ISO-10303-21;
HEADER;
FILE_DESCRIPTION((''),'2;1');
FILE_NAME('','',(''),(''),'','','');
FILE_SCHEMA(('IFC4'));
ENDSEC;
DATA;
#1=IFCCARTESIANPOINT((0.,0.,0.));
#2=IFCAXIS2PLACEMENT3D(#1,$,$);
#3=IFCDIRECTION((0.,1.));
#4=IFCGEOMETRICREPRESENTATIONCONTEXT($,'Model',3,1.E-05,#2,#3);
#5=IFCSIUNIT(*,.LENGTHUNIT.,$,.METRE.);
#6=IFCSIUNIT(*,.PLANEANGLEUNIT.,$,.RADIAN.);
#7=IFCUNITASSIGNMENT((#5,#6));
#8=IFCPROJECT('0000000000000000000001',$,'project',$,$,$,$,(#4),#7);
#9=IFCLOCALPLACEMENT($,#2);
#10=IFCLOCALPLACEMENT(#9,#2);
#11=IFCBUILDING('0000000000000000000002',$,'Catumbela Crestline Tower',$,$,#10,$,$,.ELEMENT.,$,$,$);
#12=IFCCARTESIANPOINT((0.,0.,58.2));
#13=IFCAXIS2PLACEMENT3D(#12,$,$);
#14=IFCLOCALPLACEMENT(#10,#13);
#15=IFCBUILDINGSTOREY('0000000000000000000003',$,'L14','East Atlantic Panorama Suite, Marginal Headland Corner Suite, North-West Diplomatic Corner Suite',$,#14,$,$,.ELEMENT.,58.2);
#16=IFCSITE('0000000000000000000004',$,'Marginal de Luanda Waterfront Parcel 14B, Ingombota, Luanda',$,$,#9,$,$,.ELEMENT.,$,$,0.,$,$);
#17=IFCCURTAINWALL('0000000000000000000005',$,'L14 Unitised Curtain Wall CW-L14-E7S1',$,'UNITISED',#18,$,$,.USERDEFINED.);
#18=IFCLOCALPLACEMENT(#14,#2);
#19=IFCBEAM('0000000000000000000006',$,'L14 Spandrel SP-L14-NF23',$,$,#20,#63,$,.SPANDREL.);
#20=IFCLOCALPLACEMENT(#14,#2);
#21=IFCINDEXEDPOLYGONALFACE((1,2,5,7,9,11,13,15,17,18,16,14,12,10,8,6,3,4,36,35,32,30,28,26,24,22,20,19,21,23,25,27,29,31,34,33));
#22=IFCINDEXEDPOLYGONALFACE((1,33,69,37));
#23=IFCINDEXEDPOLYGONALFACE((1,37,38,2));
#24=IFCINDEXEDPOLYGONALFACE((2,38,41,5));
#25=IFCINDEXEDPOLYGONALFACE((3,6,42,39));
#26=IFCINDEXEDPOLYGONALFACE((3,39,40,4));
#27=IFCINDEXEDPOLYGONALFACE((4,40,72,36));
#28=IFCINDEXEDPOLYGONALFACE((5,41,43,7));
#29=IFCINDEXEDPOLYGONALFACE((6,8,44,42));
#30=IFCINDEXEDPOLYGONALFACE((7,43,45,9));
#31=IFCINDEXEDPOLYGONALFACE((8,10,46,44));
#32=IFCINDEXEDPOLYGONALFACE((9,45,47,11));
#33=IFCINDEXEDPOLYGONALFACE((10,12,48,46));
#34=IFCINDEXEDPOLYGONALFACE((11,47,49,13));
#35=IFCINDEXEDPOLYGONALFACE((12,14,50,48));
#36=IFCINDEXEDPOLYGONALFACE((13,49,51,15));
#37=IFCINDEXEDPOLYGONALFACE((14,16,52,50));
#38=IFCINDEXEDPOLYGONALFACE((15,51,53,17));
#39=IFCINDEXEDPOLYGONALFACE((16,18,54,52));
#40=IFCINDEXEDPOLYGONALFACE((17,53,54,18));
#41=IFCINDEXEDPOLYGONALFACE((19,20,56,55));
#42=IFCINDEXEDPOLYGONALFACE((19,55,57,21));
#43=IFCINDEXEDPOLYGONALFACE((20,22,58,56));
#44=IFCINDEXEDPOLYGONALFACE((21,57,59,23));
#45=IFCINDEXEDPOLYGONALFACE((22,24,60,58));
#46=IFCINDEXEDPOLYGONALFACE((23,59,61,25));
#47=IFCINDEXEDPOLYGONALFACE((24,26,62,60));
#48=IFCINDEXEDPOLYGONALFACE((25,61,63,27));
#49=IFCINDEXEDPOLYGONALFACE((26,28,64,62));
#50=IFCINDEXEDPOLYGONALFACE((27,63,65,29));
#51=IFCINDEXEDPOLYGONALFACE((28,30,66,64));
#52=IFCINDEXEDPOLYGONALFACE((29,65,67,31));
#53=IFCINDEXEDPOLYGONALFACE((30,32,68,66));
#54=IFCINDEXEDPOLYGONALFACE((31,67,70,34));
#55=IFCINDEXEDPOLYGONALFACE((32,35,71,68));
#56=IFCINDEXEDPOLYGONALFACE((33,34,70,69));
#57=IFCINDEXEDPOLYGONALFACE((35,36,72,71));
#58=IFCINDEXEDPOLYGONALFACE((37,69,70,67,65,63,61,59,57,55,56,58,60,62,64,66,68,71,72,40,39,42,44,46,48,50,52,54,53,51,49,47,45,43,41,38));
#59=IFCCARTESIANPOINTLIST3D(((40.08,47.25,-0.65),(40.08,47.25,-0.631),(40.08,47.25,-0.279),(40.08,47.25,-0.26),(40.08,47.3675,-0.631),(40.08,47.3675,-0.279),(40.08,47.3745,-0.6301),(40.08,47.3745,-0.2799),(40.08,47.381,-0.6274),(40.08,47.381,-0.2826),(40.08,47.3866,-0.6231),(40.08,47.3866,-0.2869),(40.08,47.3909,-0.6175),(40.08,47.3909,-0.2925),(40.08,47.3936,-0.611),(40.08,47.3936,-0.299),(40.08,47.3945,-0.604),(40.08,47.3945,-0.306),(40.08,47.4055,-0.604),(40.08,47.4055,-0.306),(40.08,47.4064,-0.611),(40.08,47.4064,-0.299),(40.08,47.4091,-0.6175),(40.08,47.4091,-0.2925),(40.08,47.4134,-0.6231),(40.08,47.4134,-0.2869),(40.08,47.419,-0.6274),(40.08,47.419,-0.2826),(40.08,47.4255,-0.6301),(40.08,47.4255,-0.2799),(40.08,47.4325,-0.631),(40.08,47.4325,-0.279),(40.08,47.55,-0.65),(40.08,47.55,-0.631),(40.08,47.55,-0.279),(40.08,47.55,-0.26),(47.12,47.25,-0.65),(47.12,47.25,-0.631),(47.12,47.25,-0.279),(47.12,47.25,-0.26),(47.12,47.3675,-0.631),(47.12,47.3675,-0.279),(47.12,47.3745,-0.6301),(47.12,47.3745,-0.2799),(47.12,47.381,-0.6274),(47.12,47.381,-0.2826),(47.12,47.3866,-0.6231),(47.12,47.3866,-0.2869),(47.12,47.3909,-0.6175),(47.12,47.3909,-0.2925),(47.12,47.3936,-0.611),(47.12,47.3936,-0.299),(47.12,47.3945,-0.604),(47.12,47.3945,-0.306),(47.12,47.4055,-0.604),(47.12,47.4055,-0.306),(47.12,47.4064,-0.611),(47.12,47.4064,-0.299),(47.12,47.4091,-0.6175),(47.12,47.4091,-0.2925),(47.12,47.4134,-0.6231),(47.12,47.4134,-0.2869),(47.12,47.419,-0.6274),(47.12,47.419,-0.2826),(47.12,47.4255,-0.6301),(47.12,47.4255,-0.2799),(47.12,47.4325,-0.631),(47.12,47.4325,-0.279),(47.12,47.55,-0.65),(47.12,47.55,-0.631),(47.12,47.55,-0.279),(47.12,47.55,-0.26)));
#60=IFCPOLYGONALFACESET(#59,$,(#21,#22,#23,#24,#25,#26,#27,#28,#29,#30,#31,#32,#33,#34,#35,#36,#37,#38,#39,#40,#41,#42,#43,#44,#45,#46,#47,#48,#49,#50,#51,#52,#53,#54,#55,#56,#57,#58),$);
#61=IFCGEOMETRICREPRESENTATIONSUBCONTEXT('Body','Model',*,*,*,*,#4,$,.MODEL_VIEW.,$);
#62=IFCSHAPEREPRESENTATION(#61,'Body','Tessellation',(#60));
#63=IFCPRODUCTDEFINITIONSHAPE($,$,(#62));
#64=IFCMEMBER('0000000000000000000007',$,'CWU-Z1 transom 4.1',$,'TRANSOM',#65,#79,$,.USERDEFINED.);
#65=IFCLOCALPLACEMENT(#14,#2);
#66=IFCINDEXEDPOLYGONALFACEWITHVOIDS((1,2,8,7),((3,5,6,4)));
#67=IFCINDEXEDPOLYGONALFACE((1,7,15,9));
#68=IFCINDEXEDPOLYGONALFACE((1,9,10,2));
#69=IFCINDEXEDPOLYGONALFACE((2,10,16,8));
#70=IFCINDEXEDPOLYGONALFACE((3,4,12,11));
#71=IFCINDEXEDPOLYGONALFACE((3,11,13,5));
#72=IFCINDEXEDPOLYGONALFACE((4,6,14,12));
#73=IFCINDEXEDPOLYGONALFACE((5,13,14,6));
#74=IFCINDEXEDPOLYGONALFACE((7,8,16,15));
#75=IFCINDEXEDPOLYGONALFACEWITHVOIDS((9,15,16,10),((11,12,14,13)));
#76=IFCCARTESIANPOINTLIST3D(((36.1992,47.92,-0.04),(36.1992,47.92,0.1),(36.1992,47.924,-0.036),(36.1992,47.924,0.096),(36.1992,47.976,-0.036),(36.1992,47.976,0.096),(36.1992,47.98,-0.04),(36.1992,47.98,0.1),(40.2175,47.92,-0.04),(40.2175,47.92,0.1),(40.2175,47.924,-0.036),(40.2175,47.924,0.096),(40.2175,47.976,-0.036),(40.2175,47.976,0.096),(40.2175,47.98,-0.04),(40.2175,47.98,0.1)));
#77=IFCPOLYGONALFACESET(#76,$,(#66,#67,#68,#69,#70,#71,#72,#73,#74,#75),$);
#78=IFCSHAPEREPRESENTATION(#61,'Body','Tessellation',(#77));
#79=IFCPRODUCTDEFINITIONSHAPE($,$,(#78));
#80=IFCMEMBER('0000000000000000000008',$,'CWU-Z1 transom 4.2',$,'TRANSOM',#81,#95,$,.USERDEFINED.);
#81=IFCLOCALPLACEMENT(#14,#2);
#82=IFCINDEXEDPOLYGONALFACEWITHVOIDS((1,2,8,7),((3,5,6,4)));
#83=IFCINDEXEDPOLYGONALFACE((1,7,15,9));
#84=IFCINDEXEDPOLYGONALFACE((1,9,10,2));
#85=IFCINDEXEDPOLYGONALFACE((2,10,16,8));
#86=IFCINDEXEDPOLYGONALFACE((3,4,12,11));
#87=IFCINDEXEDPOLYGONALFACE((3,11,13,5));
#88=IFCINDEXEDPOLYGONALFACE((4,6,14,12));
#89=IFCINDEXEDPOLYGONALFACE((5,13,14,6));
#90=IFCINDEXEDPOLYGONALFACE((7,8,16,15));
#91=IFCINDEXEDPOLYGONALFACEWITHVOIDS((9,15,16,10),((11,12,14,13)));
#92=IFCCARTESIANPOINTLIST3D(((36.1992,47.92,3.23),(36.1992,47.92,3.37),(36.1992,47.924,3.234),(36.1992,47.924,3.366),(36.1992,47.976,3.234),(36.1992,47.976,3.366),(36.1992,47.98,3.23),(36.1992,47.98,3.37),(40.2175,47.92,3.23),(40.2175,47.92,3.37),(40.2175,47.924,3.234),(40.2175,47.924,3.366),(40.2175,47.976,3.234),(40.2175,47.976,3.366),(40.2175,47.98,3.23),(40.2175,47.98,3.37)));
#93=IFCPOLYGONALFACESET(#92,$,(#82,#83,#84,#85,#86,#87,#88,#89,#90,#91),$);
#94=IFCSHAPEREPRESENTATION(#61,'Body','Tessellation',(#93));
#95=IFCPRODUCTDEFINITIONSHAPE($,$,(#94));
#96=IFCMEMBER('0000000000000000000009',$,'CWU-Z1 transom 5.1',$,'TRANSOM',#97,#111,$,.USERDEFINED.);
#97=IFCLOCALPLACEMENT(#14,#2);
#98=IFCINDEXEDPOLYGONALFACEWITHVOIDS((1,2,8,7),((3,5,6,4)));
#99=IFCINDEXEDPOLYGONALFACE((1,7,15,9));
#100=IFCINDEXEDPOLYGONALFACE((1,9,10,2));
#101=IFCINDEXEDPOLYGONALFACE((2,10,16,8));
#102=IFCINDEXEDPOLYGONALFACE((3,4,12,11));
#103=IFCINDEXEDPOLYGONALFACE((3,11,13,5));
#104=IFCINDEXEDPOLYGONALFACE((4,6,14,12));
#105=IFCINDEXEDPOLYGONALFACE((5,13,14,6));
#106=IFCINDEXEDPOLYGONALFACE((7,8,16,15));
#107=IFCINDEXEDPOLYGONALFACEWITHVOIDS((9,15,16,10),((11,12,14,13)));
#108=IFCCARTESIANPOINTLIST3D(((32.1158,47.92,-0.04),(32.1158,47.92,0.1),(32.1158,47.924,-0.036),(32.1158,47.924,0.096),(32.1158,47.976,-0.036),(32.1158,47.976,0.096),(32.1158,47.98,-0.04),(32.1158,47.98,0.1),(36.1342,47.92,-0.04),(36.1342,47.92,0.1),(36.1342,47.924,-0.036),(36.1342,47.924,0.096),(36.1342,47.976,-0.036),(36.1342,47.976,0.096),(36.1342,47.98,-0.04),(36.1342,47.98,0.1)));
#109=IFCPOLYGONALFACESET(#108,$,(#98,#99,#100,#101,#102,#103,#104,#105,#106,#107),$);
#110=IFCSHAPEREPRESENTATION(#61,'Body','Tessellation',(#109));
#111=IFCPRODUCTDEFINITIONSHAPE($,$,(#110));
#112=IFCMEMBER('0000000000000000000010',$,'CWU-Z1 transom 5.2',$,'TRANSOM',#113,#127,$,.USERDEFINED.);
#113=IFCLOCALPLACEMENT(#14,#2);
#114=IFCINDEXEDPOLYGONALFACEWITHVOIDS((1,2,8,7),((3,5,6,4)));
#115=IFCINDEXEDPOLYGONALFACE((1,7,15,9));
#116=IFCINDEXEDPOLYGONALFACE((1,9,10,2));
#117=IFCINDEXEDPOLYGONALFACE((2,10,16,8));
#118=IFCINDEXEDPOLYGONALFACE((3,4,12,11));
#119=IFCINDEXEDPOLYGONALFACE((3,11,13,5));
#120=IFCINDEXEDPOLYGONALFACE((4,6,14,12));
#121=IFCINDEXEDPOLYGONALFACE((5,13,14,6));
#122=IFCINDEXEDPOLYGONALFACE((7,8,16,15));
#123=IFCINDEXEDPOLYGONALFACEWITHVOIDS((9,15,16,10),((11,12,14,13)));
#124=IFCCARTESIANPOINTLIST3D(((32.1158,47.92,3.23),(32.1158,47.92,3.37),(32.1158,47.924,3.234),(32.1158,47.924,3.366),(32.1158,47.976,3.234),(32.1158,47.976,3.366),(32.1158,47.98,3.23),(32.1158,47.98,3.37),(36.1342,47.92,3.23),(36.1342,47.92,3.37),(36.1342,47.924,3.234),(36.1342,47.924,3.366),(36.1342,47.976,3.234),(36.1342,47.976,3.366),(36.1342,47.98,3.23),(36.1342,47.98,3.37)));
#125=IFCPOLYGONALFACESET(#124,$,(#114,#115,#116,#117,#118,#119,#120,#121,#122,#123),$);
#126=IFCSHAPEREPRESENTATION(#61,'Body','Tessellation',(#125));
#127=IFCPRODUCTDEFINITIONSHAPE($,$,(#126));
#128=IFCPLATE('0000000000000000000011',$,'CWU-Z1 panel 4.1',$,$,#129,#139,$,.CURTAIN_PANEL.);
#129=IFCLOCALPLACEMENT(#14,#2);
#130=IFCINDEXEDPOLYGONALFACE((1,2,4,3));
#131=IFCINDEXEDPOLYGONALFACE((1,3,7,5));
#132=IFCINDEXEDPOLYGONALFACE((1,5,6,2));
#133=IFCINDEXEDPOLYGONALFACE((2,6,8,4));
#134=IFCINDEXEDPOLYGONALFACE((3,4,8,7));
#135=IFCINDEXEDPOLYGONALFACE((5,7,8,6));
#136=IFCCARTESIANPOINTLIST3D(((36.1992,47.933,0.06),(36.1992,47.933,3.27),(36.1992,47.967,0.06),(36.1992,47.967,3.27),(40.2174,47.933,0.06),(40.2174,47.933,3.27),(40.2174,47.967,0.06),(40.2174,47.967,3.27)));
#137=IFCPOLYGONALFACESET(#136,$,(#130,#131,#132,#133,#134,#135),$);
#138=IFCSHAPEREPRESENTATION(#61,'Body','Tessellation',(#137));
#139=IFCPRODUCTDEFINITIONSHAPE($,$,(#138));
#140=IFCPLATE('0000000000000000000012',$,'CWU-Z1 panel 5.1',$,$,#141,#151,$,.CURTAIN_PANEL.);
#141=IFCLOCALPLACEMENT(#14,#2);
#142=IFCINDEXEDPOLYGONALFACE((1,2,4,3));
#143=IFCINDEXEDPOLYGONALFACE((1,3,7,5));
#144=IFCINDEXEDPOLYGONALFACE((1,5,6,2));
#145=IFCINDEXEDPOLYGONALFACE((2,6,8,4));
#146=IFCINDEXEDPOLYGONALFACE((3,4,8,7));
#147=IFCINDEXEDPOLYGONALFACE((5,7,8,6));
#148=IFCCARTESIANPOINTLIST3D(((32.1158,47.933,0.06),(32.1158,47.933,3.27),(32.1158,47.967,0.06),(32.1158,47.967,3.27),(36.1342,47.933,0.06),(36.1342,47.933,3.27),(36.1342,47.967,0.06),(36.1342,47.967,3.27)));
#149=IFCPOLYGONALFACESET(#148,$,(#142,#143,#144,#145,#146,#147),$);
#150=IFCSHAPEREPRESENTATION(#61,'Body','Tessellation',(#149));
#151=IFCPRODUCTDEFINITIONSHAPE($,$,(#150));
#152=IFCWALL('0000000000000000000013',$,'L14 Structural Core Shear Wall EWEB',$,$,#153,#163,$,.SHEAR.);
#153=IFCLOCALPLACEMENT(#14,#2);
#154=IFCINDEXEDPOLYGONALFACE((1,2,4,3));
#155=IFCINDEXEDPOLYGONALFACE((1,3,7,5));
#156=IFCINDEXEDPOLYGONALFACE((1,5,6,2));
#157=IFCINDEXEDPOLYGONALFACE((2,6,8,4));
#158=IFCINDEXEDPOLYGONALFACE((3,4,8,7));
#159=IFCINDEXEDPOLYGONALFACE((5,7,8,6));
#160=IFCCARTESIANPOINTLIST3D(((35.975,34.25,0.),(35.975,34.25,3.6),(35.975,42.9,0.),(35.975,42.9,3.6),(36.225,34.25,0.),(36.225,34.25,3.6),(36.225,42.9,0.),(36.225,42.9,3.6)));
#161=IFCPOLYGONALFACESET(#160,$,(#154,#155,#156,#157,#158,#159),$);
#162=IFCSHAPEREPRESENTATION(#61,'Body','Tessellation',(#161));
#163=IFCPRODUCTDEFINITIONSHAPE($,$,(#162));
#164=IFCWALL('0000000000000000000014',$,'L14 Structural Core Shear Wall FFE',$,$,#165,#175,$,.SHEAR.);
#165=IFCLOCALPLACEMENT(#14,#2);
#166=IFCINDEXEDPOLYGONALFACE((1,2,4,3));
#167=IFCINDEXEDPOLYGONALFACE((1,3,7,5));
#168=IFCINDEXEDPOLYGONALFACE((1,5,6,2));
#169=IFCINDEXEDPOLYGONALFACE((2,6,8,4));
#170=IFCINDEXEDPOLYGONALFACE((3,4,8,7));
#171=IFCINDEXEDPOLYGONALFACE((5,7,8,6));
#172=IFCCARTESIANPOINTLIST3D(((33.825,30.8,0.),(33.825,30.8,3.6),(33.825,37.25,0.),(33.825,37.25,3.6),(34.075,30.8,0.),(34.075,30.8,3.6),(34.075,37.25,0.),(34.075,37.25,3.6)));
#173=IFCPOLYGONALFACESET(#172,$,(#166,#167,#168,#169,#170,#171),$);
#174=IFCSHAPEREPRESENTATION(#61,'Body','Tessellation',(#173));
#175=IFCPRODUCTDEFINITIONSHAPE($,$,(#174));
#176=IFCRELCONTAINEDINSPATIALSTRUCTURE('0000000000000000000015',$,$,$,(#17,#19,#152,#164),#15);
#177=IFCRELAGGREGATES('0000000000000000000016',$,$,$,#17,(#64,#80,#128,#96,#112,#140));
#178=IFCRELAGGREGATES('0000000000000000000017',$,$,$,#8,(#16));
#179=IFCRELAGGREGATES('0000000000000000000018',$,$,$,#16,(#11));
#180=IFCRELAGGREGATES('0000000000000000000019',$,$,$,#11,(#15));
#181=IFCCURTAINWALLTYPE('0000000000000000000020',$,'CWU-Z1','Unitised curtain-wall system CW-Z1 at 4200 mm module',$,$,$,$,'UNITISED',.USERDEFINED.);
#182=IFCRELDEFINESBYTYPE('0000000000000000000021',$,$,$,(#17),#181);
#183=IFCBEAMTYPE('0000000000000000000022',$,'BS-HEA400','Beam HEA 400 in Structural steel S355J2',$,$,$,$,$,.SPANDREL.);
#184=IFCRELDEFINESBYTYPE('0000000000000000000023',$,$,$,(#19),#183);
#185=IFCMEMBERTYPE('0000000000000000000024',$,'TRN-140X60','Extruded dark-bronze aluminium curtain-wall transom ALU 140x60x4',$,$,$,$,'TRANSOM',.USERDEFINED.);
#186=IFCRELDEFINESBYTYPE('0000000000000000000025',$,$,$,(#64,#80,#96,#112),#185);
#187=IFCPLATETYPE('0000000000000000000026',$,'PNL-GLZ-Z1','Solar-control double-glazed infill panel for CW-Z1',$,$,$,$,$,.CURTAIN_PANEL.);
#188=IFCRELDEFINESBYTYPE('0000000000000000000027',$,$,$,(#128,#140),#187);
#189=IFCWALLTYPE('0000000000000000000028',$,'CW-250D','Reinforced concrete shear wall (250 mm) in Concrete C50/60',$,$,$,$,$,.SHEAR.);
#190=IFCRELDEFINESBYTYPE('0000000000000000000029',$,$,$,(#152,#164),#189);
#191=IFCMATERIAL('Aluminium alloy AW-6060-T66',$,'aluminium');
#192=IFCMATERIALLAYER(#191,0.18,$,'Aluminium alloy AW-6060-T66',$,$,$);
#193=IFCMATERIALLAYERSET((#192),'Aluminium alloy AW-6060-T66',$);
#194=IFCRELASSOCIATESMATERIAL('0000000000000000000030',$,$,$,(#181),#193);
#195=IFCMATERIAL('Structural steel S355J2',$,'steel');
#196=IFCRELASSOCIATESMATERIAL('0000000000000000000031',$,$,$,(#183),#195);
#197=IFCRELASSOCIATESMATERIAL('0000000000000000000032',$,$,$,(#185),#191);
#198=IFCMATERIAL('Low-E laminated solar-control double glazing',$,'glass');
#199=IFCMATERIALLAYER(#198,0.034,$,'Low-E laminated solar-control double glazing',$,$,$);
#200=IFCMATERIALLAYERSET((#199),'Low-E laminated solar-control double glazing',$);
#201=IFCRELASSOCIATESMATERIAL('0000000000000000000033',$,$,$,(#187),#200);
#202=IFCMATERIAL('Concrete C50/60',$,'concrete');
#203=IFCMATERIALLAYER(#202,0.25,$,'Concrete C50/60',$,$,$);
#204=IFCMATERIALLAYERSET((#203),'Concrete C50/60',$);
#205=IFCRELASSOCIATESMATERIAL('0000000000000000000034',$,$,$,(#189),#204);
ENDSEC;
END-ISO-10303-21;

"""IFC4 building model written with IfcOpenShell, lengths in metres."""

from ifc_helpers import new_model, si_unit, direction, frame, frame_2d, origin, origin_2d, place, context, subcontext, project, spatial, rectangle, hollow_rectangle, i_section, extrude, material, layer, layer_set, material_profile, profile_set, type_object, element, aggregate, save


model = new_model("IFC4")

# Units and contexts
model_context = context("Model", 3, precision=1e-05, world=origin(), true_north=direction((0.0, 1.0)))
body_context = subcontext(model_context, "Body", "Model", "MODEL_VIEW")
ifc_project = project(units=[si_unit("LENGTHUNIT", "METRE"), si_unit("PLANEANGLEUNIT", "RADIAN")], contexts=[model_context])

# Site, building, storey
site_placement = place(None, origin())
site = spatial("IfcSite", under=ifc_project, at=site_placement, Name="Marginal de Luanda Waterfront Parcel 14B, Ingombota, Luanda", CompositionType="ELEMENT", RefElevation=0.0)
building_placement = place(site_placement, origin())
building = spatial("IfcBuilding", under=site, at=building_placement, Name="Catumbela Crestline Tower", CompositionType="ELEMENT")
storey_placement = place(building_placement, frame((0.0, 0.0, 58.2)))
storey = spatial("IfcBuildingStorey", under=building, at=storey_placement, Name="L14", Description="East Atlantic Panorama Suite, Marginal Headland Corner Suite, North-West Diplomatic Corner Suite", CompositionType="ELEMENT", Elevation=58.2)

# Shared definitions
ifc_material_1 = material(Name="Structural steel S355J2", Category="steel")

# Curtain wall
ifc_material_2 = material(Name="Aluminium alloy AW-6060-T66", Category="aluminium")
ifc_layer_1 = layer(ifc_material_2, 0.18, Name="Aluminium alloy AW-6060-T66")
ifc_layer_set_1 = layer_set([ifc_layer_1], Name="Aluminium alloy AW-6060-T66")
curtain_wall_type = type_object("IfcCurtainWallType", Name="CWU-Z1", Description="Unitised curtain-wall system CW-Z1 at 4200 mm module", ElementType="UNITISED", PredefinedType="USERDEFINED", material=ifc_layer_set_1)
curtain_wall_placement = place(storey_placement, origin())
curtain_wall = element("IfcCurtainWall", 1, at=curtain_wall_placement, inside=storey, type_object=curtain_wall_type, Name="L14 Unitised Curtain Wall CW-L14-E7S1", ObjectType="UNITISED", PredefinedType="USERDEFINED")

# Beam
ifc_material_profile_1 = material_profile(ifc_material_1, i_section(OverallWidth=0.3, OverallDepth=0.39, WebThickness=0.011, FlangeThickness=0.019, FilletRadius=0.027, at=origin_2d()), Name="HEA 400")
ifc_profile_set_1 = profile_set([ifc_material_profile_1], Name="Structural steel S355J2")
beam_type_1 = type_object("IfcBeamType", Name="BS-HEA400", Description="Beam HEA 400 in Structural steel S355J2", PredefinedType="SPANDREL", material=ifc_profile_set_1)
beam_1_placement = place(storey_placement, frame((40.08, 47.4, -0.455), z_axis=(1.0, 0.0, 0.0), x_axis=(0.0, 1.0, 0.0)))
element("IfcBeam", 2, at=beam_1_placement, inside=storey, type_object=beam_type_1, Name="L14 Spandrel SP-L14-NF23", PredefinedType="SPANDREL", context=body_context, shape_type="SweptSolid", body=[
    extrude(i_section(OverallWidth=0.3, OverallDepth=0.39, WebThickness=0.011, FlangeThickness=0.019, FilletRadius=0.027, at=origin_2d()), origin(), (0.0, 0.0, 1.0), 7.04),
])

# Members
ifc_material_profile_2 = material_profile(ifc_material_2, hollow_rectangle(XDim=0.06, YDim=0.14, WallThickness=0.004, at=origin_2d()), Name="ALU 140x60x4")
ifc_profile_set_2 = profile_set([ifc_material_profile_2], Name="Aluminium alloy AW-6060-T66")
member_type_1 = type_object("IfcMemberType", Name="TRN-140X60", Description="Extruded dark-bronze aluminium curtain-wall transom ALU 140x60x4", ElementType="TRANSOM", PredefinedType="USERDEFINED", material=ifc_profile_set_2)
member_1_placement = place(storey_placement, frame((40.2175, 47.95, 0.03), z_axis=(-1.0, 0.0, 0.0), x_axis=(0.0, -1.0, 0.0)))
member_1 = element("IfcMember", 3, at=member_1_placement, type_object=member_type_1, Name="CWU-Z1 transom 4.1", ObjectType="TRANSOM", PredefinedType="USERDEFINED", context=body_context, shape_type="SweptSolid", body=[
    extrude(hollow_rectangle(XDim=0.06, YDim=0.14, WallThickness=0.004, at=origin_2d()), origin(), (0.0, 0.0, 1.0), 4.0183),
])
member_2_placement = place(storey_placement, frame((40.2175, 47.95, 3.3), z_axis=(-1.0, 0.0, 0.0), x_axis=(0.0, -1.0, 0.0)))
member_2 = element("IfcMember", 4, at=member_2_placement, type_object=member_type_1, Name="CWU-Z1 transom 4.2", ObjectType="TRANSOM", PredefinedType="USERDEFINED", context=body_context, shape_type="SweptSolid", body=[
    extrude(hollow_rectangle(XDim=0.06, YDim=0.14, WallThickness=0.004, at=origin_2d()), origin(), (0.0, 0.0, 1.0), 4.0183),
])
member_3_placement = place(storey_placement, frame((36.1342, 47.95, 0.03), z_axis=(-1.0, 0.0, 0.0), x_axis=(0.0, -1.0, 0.0)))
member_3 = element("IfcMember", 5, at=member_3_placement, type_object=member_type_1, Name="CWU-Z1 transom 5.1", ObjectType="TRANSOM", PredefinedType="USERDEFINED", context=body_context, shape_type="SweptSolid", body=[
    extrude(hollow_rectangle(XDim=0.06, YDim=0.14, WallThickness=0.004, at=origin_2d()), origin(), (0.0, 0.0, 1.0), 4.0184),
])
member_4_placement = place(storey_placement, frame((36.1342, 47.95, 3.3), z_axis=(-1.0, 0.0, 0.0), x_axis=(0.0, -1.0, 0.0)))
member_4 = element("IfcMember", 6, at=member_4_placement, type_object=member_type_1, Name="CWU-Z1 transom 5.2", ObjectType="TRANSOM", PredefinedType="USERDEFINED", context=body_context, shape_type="SweptSolid", body=[
    extrude(hollow_rectangle(XDim=0.06, YDim=0.14, WallThickness=0.004, at=origin_2d()), origin(), (0.0, 0.0, 1.0), 4.0184),
])

# Plates
ifc_material_3 = material(Name="Low-E laminated solar-control double glazing", Category="glass")
ifc_layer_2 = layer(ifc_material_3, 0.034, Name="Low-E laminated solar-control double glazing")
ifc_layer_set_2 = layer_set([ifc_layer_2], Name="Low-E laminated solar-control double glazing")
plate_type = type_object("IfcPlateType", Name="PNL-GLZ-Z1", Description="Solar-control double-glazed infill panel for CW-Z1", PredefinedType="CURTAIN_PANEL", material=ifc_layer_set_2)
plate_1_placement = place(storey_placement, frame((38.2083, 47.95, 0.06), z_axis=(0.0, 0.0, 1.0), x_axis=(-1.0, 0.0, 0.0)))
plate_1 = element("IfcPlate", 7, at=plate_1_placement, type_object=plate_type, Name="CWU-Z1 panel 4.1", PredefinedType="CURTAIN_PANEL", context=body_context, shape_type="SweptSolid", body=[
    extrude(rectangle(XDim=4.0183, YDim=0.034, at=origin_2d()), origin(), (0.0, 0.0, 1.0), 3.21),
])
plate_2_placement = place(storey_placement, frame((34.125, 47.95, 0.06), z_axis=(0.0, 0.0, 1.0), x_axis=(-1.0, 0.0, 0.0)))
plate_2 = element("IfcPlate", 8, at=plate_2_placement, type_object=plate_type, Name="CWU-Z1 panel 5.1", PredefinedType="CURTAIN_PANEL", context=body_context, shape_type="SweptSolid", body=[
    extrude(rectangle(XDim=4.0183, YDim=0.034, at=origin_2d()), origin(), (0.0, 0.0, 1.0), 3.21),
])
aggregate(curtain_wall, [member_1, member_2, plate_1, member_3, member_4, plate_2])

# Walls
ifc_material_4 = material(Name="Concrete C50/60", Category="concrete")
ifc_layer_3 = layer(ifc_material_4, 0.25, Name="Concrete C50/60")
ifc_layer_set_3 = layer_set([ifc_layer_3], Name="Concrete C50/60")
wall_type_1 = type_object("IfcWallType", Name="CW-250D", Description="Reinforced concrete shear wall (250 mm) in Concrete C50/60", PredefinedType="SHEAR", material=ifc_layer_set_3)
wall_1_placement = place(storey_placement, frame((36.1, 34.25, 0.0), z_axis=(0.0, 0.0, 1.0), x_axis=(0.0, 1.0, 0.0)))
element("IfcWall", 9, at=wall_1_placement, inside=storey, type_object=wall_type_1, Name="L14 Structural Core Shear Wall EWEB", PredefinedType="SHEAR", context=body_context, shape_type="SweptSolid", body=[
    extrude(rectangle(XDim=8.65, YDim=0.25, at=frame_2d((4.325, 0.0))), origin(), (0.0, 0.0, 1.0), 3.6),
])
wall_2_placement = place(storey_placement, frame((33.95, 30.8, 0.0), z_axis=(0.0, 0.0, 1.0), x_axis=(0.0, 1.0, 0.0)))
element("IfcWall", 10, at=wall_2_placement, inside=storey, type_object=wall_type_1, Name="L14 Structural Core Shear Wall FFE", PredefinedType="SHEAR", context=body_context, shape_type="SweptSolid", body=[
    extrude(rectangle(XDim=6.45, YDim=0.25, at=frame_2d((3.225, 0.0))), origin(), (0.0, 0.0, 1.0), 3.6),
])

save(model, "model.ifc")
